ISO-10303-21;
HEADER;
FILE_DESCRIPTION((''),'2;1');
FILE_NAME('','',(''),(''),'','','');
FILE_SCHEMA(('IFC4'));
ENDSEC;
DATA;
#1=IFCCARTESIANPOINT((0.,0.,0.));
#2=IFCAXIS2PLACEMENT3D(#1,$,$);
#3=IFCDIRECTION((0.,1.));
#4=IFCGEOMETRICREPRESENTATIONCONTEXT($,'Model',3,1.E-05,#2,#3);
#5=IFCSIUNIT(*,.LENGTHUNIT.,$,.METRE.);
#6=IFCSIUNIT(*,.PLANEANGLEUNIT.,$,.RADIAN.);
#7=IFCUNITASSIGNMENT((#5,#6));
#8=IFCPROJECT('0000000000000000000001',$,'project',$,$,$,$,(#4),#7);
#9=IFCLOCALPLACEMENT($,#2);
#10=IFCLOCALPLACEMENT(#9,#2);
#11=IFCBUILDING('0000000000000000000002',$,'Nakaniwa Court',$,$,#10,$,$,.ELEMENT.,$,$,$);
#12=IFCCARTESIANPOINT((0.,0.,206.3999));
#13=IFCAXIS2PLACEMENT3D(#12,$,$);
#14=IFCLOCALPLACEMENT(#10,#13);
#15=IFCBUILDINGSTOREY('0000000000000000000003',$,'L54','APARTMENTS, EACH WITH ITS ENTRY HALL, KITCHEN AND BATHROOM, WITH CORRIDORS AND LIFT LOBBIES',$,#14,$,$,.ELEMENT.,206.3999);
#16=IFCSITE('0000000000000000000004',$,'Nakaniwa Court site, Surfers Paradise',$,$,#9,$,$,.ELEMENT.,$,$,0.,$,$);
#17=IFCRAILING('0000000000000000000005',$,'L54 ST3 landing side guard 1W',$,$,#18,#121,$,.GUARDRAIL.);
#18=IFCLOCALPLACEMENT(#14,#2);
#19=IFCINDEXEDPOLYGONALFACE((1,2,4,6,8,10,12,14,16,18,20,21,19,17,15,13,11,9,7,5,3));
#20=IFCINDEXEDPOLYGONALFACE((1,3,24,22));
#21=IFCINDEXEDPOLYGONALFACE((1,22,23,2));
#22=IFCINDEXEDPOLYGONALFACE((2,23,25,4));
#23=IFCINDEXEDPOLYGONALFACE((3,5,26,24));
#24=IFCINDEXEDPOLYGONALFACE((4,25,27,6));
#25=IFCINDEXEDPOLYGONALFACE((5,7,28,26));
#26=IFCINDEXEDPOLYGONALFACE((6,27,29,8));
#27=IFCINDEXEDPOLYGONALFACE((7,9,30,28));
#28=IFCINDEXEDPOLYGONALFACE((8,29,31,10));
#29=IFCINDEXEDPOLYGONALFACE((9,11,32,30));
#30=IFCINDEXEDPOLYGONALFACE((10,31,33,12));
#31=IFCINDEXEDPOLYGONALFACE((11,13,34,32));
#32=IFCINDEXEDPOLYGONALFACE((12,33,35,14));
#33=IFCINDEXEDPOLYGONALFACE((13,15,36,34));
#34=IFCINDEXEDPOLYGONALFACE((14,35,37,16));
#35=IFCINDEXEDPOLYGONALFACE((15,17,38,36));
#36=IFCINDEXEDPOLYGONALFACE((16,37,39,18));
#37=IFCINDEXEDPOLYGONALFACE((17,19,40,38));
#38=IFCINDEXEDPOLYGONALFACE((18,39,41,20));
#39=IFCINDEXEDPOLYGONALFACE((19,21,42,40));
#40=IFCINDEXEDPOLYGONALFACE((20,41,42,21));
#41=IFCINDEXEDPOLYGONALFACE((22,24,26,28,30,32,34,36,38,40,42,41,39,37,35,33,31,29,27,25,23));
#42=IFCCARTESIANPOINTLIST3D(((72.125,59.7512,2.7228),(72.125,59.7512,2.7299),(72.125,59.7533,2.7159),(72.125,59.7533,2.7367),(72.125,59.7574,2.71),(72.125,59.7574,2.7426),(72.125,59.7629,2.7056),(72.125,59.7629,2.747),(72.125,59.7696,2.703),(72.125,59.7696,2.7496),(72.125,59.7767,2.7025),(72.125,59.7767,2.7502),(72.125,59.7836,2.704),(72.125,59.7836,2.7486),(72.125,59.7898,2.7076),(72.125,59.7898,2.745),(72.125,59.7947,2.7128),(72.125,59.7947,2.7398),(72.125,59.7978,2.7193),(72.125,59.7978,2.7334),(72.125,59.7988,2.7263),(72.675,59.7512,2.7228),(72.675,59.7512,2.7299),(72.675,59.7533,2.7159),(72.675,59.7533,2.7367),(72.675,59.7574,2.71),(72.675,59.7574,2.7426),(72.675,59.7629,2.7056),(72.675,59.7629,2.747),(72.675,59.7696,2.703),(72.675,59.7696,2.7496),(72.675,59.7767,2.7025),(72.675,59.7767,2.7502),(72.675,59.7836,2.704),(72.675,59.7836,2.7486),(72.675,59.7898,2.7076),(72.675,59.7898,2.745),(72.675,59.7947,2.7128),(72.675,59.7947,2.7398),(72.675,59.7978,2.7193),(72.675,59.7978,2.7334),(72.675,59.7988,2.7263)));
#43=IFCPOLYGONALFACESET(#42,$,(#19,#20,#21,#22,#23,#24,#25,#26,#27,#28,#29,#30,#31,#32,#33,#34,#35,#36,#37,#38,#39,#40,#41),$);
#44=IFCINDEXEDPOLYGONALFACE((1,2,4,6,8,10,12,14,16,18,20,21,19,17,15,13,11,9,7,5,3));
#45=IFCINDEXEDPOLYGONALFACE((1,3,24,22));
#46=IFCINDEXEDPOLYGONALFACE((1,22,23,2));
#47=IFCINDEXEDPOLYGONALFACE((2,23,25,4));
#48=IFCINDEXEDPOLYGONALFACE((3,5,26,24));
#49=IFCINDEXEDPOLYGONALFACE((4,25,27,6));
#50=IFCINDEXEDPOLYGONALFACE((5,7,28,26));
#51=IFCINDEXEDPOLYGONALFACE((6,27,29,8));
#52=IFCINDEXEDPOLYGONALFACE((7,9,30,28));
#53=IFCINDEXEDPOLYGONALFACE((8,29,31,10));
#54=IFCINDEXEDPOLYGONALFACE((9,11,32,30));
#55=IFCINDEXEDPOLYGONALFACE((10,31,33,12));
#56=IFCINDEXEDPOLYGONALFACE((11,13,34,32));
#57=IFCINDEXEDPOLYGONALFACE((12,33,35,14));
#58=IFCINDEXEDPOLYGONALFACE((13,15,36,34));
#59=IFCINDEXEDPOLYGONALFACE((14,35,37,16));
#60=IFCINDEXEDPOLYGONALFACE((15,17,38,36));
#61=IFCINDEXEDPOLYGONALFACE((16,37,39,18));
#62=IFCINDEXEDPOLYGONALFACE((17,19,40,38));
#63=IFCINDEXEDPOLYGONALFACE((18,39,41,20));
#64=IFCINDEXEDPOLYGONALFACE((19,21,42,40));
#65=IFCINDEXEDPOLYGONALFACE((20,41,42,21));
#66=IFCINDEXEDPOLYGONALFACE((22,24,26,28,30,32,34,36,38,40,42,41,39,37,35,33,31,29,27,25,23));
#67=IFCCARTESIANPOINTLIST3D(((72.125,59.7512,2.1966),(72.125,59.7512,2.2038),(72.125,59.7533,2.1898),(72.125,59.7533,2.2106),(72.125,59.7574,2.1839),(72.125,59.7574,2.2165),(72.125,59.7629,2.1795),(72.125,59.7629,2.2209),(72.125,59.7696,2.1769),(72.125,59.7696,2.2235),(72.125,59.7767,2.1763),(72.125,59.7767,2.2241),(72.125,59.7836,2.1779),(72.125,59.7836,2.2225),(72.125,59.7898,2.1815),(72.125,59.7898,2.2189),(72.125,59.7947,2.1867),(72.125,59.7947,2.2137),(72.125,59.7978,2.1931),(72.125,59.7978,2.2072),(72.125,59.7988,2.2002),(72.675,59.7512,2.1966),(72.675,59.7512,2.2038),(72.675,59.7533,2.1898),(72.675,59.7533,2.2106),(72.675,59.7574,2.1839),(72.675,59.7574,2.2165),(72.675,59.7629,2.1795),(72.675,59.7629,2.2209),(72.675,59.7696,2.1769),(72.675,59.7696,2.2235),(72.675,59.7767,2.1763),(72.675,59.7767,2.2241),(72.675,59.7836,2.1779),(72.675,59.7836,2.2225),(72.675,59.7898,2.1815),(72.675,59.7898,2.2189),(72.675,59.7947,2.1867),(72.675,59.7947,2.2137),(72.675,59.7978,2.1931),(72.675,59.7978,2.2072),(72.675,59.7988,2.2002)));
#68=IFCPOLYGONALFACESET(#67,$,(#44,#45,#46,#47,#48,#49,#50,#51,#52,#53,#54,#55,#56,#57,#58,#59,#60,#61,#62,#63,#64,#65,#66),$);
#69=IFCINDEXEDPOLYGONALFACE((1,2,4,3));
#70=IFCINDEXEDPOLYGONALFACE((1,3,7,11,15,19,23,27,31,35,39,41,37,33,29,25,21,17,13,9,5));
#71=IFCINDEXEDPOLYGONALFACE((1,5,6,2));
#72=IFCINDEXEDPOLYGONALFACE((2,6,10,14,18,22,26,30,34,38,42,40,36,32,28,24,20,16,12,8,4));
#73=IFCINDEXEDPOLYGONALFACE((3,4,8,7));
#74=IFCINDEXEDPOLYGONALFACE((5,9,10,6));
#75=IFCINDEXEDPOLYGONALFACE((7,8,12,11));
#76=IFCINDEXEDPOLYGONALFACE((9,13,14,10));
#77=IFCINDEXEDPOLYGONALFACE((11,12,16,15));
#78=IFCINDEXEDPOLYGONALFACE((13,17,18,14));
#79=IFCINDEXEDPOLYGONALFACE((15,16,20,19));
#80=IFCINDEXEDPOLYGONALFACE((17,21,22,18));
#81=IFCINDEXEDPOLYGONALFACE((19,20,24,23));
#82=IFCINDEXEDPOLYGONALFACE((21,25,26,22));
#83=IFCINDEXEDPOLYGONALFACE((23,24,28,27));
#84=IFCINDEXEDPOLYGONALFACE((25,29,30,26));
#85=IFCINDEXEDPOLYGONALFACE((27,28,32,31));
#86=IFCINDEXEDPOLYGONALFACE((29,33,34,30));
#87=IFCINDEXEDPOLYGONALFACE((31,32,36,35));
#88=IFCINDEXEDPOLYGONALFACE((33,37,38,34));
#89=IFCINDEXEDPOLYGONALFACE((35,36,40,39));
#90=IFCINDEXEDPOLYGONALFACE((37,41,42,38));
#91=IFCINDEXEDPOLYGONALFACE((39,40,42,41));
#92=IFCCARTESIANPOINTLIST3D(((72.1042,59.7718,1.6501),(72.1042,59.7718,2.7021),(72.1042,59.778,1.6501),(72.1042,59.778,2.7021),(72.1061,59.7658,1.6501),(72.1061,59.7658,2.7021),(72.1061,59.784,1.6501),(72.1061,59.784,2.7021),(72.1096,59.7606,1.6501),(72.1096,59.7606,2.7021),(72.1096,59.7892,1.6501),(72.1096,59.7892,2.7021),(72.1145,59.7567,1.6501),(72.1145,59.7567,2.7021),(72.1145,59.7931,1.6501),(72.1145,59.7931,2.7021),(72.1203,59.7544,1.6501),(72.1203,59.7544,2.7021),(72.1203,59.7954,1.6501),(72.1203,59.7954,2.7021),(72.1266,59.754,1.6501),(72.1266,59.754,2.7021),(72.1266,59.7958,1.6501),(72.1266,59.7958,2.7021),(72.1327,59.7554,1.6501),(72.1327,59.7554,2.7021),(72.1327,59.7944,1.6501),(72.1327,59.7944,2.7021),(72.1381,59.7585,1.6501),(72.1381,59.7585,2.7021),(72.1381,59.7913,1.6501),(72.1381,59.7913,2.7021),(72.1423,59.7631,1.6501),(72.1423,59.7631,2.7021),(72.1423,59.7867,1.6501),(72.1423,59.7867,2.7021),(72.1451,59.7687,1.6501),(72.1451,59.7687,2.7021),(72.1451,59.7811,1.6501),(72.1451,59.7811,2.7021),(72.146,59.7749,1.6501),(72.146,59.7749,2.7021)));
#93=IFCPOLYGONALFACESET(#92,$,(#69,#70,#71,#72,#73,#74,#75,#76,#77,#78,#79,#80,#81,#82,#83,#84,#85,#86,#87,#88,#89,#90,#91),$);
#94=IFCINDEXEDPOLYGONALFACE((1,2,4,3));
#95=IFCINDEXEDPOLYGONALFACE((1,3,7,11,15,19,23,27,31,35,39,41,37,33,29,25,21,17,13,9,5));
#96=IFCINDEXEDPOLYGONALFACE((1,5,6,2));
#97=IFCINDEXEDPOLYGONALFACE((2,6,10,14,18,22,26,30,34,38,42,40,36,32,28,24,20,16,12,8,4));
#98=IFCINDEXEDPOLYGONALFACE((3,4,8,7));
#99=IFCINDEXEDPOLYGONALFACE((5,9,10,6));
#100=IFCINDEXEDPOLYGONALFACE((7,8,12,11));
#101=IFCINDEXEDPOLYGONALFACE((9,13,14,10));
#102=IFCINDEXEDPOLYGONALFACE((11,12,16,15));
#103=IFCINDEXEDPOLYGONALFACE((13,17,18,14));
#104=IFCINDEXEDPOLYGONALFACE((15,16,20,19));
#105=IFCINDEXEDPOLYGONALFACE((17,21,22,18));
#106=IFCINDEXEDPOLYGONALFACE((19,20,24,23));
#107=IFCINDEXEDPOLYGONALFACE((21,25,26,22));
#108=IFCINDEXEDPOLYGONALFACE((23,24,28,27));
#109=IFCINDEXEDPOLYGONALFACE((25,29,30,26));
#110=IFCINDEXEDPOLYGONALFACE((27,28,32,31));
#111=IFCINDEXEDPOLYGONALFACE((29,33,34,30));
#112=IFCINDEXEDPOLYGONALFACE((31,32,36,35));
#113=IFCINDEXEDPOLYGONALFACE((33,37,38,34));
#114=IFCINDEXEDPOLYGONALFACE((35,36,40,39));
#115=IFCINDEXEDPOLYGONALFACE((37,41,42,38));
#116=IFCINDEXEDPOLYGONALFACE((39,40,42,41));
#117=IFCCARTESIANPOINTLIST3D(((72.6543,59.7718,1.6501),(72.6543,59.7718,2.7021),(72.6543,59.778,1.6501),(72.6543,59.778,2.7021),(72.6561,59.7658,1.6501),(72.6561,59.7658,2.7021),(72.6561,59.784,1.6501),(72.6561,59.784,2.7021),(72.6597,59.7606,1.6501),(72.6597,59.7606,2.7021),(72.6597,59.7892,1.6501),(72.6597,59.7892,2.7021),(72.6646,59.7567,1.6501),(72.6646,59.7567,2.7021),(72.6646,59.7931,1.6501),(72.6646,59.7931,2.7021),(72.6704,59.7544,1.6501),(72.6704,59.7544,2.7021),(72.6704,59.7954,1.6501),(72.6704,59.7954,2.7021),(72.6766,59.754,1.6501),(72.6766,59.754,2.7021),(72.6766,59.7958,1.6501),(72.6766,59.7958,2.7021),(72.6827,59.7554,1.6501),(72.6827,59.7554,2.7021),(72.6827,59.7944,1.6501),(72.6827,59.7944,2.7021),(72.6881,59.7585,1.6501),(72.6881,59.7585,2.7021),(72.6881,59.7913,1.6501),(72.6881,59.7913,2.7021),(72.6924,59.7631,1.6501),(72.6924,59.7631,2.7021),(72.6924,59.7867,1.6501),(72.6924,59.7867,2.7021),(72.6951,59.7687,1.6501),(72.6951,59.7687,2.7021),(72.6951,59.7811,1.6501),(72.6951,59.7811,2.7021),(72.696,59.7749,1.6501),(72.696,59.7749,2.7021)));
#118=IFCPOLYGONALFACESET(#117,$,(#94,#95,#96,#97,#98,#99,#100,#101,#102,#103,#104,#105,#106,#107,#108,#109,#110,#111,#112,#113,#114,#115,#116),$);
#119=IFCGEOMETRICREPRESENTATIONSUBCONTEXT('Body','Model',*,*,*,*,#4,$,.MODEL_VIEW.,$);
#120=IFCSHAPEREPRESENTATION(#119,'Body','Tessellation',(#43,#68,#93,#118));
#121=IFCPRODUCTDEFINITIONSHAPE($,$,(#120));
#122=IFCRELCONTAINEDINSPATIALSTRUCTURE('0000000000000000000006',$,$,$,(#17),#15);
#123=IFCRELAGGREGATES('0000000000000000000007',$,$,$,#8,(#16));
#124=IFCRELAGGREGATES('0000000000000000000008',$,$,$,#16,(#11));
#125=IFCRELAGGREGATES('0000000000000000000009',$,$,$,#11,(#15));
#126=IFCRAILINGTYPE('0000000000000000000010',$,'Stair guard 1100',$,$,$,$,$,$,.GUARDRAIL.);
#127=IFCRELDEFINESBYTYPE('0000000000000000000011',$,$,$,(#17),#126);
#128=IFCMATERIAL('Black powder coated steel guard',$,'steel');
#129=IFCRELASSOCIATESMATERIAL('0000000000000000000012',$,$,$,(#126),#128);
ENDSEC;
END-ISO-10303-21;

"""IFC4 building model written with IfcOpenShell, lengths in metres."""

from ifc_helpers import new_model, si_unit, direction, frame, origin, origin_2d, place, context, subcontext, project, spatial, circle, extrude, material, type_object, element, save


model = new_model("IFC4")

# Units and contexts
model_context = context("Model", 3, precision=1e-05, world=origin(), true_north=direction((0.0, 1.0)))
body_context = subcontext(model_context, "Body", "Model", "MODEL_VIEW")
ifc_project = project(units=[si_unit("LENGTHUNIT", "METRE"), si_unit("PLANEANGLEUNIT", "RADIAN")], contexts=[model_context])

# Site, building, storey
site_placement = place(None, origin())
site = spatial("IfcSite", under=ifc_project, at=site_placement, Name="Nakaniwa Court site, Surfers Paradise", CompositionType="ELEMENT", RefElevation=0.0)
building_placement = place(site_placement, origin())
building = spatial("IfcBuilding", under=site, at=building_placement, Name="Nakaniwa Court", CompositionType="ELEMENT")
storey_placement = place(building_placement, frame((0.0, 0.0, 206.3999)))
storey = spatial("IfcBuildingStorey", under=building, at=storey_placement, Name="L54", Description="APARTMENTS, EACH WITH ITS ENTRY HALL, KITCHEN AND BATHROOM, WITH CORRIDORS AND LIFT LOBBIES", CompositionType="ELEMENT", Elevation=206.3999)

# Railing
ifc_material_1 = material(Name="Black powder coated steel guard", Category="steel")
railing_type_1 = type_object("IfcRailingType", Name="Stair guard 1100", PredefinedType="GUARDRAIL", material=ifc_material_1)
for number, where, name in (
    (1, (72.125, 59.7749, 1.6501), "L54 ST3 landing side guard 1W"),
):
    element("IfcRailing", number, at=place(storey_placement, frame(where)), inside=storey, type_object=railing_type_1, Name=name, PredefinedType="GUARDRAIL", context=body_context, shape_type="SweptSolid", body=[
        extrude(circle(Radius=0.0239, at=origin_2d()), frame((0.0, 0.0, 1.0762), z_axis=(1.0, 0.0, 0.0), x_axis=(0.0, 1.0, 0.0)), (0.0, 0.0, 1.0), 0.55),
        extrude(circle(Radius=0.0239, at=origin_2d()), frame((0.0, 0.0, 0.55), z_axis=(1.0, 0.0, 0.0), x_axis=(0.0, 1.0, 0.0)), (0.0, 0.0, 1.0), 0.55),
        extrude(circle(Radius=0.021, at=origin_2d()), origin(), (0.0, 0.0, 1.0), 1.052),
        extrude(circle(Radius=0.021, at=origin_2d()), frame((0.55, 0.0, 0.0)), (0.0, 0.0, 1.0), 1.052),
    ])

save(model, "model.ifc")
